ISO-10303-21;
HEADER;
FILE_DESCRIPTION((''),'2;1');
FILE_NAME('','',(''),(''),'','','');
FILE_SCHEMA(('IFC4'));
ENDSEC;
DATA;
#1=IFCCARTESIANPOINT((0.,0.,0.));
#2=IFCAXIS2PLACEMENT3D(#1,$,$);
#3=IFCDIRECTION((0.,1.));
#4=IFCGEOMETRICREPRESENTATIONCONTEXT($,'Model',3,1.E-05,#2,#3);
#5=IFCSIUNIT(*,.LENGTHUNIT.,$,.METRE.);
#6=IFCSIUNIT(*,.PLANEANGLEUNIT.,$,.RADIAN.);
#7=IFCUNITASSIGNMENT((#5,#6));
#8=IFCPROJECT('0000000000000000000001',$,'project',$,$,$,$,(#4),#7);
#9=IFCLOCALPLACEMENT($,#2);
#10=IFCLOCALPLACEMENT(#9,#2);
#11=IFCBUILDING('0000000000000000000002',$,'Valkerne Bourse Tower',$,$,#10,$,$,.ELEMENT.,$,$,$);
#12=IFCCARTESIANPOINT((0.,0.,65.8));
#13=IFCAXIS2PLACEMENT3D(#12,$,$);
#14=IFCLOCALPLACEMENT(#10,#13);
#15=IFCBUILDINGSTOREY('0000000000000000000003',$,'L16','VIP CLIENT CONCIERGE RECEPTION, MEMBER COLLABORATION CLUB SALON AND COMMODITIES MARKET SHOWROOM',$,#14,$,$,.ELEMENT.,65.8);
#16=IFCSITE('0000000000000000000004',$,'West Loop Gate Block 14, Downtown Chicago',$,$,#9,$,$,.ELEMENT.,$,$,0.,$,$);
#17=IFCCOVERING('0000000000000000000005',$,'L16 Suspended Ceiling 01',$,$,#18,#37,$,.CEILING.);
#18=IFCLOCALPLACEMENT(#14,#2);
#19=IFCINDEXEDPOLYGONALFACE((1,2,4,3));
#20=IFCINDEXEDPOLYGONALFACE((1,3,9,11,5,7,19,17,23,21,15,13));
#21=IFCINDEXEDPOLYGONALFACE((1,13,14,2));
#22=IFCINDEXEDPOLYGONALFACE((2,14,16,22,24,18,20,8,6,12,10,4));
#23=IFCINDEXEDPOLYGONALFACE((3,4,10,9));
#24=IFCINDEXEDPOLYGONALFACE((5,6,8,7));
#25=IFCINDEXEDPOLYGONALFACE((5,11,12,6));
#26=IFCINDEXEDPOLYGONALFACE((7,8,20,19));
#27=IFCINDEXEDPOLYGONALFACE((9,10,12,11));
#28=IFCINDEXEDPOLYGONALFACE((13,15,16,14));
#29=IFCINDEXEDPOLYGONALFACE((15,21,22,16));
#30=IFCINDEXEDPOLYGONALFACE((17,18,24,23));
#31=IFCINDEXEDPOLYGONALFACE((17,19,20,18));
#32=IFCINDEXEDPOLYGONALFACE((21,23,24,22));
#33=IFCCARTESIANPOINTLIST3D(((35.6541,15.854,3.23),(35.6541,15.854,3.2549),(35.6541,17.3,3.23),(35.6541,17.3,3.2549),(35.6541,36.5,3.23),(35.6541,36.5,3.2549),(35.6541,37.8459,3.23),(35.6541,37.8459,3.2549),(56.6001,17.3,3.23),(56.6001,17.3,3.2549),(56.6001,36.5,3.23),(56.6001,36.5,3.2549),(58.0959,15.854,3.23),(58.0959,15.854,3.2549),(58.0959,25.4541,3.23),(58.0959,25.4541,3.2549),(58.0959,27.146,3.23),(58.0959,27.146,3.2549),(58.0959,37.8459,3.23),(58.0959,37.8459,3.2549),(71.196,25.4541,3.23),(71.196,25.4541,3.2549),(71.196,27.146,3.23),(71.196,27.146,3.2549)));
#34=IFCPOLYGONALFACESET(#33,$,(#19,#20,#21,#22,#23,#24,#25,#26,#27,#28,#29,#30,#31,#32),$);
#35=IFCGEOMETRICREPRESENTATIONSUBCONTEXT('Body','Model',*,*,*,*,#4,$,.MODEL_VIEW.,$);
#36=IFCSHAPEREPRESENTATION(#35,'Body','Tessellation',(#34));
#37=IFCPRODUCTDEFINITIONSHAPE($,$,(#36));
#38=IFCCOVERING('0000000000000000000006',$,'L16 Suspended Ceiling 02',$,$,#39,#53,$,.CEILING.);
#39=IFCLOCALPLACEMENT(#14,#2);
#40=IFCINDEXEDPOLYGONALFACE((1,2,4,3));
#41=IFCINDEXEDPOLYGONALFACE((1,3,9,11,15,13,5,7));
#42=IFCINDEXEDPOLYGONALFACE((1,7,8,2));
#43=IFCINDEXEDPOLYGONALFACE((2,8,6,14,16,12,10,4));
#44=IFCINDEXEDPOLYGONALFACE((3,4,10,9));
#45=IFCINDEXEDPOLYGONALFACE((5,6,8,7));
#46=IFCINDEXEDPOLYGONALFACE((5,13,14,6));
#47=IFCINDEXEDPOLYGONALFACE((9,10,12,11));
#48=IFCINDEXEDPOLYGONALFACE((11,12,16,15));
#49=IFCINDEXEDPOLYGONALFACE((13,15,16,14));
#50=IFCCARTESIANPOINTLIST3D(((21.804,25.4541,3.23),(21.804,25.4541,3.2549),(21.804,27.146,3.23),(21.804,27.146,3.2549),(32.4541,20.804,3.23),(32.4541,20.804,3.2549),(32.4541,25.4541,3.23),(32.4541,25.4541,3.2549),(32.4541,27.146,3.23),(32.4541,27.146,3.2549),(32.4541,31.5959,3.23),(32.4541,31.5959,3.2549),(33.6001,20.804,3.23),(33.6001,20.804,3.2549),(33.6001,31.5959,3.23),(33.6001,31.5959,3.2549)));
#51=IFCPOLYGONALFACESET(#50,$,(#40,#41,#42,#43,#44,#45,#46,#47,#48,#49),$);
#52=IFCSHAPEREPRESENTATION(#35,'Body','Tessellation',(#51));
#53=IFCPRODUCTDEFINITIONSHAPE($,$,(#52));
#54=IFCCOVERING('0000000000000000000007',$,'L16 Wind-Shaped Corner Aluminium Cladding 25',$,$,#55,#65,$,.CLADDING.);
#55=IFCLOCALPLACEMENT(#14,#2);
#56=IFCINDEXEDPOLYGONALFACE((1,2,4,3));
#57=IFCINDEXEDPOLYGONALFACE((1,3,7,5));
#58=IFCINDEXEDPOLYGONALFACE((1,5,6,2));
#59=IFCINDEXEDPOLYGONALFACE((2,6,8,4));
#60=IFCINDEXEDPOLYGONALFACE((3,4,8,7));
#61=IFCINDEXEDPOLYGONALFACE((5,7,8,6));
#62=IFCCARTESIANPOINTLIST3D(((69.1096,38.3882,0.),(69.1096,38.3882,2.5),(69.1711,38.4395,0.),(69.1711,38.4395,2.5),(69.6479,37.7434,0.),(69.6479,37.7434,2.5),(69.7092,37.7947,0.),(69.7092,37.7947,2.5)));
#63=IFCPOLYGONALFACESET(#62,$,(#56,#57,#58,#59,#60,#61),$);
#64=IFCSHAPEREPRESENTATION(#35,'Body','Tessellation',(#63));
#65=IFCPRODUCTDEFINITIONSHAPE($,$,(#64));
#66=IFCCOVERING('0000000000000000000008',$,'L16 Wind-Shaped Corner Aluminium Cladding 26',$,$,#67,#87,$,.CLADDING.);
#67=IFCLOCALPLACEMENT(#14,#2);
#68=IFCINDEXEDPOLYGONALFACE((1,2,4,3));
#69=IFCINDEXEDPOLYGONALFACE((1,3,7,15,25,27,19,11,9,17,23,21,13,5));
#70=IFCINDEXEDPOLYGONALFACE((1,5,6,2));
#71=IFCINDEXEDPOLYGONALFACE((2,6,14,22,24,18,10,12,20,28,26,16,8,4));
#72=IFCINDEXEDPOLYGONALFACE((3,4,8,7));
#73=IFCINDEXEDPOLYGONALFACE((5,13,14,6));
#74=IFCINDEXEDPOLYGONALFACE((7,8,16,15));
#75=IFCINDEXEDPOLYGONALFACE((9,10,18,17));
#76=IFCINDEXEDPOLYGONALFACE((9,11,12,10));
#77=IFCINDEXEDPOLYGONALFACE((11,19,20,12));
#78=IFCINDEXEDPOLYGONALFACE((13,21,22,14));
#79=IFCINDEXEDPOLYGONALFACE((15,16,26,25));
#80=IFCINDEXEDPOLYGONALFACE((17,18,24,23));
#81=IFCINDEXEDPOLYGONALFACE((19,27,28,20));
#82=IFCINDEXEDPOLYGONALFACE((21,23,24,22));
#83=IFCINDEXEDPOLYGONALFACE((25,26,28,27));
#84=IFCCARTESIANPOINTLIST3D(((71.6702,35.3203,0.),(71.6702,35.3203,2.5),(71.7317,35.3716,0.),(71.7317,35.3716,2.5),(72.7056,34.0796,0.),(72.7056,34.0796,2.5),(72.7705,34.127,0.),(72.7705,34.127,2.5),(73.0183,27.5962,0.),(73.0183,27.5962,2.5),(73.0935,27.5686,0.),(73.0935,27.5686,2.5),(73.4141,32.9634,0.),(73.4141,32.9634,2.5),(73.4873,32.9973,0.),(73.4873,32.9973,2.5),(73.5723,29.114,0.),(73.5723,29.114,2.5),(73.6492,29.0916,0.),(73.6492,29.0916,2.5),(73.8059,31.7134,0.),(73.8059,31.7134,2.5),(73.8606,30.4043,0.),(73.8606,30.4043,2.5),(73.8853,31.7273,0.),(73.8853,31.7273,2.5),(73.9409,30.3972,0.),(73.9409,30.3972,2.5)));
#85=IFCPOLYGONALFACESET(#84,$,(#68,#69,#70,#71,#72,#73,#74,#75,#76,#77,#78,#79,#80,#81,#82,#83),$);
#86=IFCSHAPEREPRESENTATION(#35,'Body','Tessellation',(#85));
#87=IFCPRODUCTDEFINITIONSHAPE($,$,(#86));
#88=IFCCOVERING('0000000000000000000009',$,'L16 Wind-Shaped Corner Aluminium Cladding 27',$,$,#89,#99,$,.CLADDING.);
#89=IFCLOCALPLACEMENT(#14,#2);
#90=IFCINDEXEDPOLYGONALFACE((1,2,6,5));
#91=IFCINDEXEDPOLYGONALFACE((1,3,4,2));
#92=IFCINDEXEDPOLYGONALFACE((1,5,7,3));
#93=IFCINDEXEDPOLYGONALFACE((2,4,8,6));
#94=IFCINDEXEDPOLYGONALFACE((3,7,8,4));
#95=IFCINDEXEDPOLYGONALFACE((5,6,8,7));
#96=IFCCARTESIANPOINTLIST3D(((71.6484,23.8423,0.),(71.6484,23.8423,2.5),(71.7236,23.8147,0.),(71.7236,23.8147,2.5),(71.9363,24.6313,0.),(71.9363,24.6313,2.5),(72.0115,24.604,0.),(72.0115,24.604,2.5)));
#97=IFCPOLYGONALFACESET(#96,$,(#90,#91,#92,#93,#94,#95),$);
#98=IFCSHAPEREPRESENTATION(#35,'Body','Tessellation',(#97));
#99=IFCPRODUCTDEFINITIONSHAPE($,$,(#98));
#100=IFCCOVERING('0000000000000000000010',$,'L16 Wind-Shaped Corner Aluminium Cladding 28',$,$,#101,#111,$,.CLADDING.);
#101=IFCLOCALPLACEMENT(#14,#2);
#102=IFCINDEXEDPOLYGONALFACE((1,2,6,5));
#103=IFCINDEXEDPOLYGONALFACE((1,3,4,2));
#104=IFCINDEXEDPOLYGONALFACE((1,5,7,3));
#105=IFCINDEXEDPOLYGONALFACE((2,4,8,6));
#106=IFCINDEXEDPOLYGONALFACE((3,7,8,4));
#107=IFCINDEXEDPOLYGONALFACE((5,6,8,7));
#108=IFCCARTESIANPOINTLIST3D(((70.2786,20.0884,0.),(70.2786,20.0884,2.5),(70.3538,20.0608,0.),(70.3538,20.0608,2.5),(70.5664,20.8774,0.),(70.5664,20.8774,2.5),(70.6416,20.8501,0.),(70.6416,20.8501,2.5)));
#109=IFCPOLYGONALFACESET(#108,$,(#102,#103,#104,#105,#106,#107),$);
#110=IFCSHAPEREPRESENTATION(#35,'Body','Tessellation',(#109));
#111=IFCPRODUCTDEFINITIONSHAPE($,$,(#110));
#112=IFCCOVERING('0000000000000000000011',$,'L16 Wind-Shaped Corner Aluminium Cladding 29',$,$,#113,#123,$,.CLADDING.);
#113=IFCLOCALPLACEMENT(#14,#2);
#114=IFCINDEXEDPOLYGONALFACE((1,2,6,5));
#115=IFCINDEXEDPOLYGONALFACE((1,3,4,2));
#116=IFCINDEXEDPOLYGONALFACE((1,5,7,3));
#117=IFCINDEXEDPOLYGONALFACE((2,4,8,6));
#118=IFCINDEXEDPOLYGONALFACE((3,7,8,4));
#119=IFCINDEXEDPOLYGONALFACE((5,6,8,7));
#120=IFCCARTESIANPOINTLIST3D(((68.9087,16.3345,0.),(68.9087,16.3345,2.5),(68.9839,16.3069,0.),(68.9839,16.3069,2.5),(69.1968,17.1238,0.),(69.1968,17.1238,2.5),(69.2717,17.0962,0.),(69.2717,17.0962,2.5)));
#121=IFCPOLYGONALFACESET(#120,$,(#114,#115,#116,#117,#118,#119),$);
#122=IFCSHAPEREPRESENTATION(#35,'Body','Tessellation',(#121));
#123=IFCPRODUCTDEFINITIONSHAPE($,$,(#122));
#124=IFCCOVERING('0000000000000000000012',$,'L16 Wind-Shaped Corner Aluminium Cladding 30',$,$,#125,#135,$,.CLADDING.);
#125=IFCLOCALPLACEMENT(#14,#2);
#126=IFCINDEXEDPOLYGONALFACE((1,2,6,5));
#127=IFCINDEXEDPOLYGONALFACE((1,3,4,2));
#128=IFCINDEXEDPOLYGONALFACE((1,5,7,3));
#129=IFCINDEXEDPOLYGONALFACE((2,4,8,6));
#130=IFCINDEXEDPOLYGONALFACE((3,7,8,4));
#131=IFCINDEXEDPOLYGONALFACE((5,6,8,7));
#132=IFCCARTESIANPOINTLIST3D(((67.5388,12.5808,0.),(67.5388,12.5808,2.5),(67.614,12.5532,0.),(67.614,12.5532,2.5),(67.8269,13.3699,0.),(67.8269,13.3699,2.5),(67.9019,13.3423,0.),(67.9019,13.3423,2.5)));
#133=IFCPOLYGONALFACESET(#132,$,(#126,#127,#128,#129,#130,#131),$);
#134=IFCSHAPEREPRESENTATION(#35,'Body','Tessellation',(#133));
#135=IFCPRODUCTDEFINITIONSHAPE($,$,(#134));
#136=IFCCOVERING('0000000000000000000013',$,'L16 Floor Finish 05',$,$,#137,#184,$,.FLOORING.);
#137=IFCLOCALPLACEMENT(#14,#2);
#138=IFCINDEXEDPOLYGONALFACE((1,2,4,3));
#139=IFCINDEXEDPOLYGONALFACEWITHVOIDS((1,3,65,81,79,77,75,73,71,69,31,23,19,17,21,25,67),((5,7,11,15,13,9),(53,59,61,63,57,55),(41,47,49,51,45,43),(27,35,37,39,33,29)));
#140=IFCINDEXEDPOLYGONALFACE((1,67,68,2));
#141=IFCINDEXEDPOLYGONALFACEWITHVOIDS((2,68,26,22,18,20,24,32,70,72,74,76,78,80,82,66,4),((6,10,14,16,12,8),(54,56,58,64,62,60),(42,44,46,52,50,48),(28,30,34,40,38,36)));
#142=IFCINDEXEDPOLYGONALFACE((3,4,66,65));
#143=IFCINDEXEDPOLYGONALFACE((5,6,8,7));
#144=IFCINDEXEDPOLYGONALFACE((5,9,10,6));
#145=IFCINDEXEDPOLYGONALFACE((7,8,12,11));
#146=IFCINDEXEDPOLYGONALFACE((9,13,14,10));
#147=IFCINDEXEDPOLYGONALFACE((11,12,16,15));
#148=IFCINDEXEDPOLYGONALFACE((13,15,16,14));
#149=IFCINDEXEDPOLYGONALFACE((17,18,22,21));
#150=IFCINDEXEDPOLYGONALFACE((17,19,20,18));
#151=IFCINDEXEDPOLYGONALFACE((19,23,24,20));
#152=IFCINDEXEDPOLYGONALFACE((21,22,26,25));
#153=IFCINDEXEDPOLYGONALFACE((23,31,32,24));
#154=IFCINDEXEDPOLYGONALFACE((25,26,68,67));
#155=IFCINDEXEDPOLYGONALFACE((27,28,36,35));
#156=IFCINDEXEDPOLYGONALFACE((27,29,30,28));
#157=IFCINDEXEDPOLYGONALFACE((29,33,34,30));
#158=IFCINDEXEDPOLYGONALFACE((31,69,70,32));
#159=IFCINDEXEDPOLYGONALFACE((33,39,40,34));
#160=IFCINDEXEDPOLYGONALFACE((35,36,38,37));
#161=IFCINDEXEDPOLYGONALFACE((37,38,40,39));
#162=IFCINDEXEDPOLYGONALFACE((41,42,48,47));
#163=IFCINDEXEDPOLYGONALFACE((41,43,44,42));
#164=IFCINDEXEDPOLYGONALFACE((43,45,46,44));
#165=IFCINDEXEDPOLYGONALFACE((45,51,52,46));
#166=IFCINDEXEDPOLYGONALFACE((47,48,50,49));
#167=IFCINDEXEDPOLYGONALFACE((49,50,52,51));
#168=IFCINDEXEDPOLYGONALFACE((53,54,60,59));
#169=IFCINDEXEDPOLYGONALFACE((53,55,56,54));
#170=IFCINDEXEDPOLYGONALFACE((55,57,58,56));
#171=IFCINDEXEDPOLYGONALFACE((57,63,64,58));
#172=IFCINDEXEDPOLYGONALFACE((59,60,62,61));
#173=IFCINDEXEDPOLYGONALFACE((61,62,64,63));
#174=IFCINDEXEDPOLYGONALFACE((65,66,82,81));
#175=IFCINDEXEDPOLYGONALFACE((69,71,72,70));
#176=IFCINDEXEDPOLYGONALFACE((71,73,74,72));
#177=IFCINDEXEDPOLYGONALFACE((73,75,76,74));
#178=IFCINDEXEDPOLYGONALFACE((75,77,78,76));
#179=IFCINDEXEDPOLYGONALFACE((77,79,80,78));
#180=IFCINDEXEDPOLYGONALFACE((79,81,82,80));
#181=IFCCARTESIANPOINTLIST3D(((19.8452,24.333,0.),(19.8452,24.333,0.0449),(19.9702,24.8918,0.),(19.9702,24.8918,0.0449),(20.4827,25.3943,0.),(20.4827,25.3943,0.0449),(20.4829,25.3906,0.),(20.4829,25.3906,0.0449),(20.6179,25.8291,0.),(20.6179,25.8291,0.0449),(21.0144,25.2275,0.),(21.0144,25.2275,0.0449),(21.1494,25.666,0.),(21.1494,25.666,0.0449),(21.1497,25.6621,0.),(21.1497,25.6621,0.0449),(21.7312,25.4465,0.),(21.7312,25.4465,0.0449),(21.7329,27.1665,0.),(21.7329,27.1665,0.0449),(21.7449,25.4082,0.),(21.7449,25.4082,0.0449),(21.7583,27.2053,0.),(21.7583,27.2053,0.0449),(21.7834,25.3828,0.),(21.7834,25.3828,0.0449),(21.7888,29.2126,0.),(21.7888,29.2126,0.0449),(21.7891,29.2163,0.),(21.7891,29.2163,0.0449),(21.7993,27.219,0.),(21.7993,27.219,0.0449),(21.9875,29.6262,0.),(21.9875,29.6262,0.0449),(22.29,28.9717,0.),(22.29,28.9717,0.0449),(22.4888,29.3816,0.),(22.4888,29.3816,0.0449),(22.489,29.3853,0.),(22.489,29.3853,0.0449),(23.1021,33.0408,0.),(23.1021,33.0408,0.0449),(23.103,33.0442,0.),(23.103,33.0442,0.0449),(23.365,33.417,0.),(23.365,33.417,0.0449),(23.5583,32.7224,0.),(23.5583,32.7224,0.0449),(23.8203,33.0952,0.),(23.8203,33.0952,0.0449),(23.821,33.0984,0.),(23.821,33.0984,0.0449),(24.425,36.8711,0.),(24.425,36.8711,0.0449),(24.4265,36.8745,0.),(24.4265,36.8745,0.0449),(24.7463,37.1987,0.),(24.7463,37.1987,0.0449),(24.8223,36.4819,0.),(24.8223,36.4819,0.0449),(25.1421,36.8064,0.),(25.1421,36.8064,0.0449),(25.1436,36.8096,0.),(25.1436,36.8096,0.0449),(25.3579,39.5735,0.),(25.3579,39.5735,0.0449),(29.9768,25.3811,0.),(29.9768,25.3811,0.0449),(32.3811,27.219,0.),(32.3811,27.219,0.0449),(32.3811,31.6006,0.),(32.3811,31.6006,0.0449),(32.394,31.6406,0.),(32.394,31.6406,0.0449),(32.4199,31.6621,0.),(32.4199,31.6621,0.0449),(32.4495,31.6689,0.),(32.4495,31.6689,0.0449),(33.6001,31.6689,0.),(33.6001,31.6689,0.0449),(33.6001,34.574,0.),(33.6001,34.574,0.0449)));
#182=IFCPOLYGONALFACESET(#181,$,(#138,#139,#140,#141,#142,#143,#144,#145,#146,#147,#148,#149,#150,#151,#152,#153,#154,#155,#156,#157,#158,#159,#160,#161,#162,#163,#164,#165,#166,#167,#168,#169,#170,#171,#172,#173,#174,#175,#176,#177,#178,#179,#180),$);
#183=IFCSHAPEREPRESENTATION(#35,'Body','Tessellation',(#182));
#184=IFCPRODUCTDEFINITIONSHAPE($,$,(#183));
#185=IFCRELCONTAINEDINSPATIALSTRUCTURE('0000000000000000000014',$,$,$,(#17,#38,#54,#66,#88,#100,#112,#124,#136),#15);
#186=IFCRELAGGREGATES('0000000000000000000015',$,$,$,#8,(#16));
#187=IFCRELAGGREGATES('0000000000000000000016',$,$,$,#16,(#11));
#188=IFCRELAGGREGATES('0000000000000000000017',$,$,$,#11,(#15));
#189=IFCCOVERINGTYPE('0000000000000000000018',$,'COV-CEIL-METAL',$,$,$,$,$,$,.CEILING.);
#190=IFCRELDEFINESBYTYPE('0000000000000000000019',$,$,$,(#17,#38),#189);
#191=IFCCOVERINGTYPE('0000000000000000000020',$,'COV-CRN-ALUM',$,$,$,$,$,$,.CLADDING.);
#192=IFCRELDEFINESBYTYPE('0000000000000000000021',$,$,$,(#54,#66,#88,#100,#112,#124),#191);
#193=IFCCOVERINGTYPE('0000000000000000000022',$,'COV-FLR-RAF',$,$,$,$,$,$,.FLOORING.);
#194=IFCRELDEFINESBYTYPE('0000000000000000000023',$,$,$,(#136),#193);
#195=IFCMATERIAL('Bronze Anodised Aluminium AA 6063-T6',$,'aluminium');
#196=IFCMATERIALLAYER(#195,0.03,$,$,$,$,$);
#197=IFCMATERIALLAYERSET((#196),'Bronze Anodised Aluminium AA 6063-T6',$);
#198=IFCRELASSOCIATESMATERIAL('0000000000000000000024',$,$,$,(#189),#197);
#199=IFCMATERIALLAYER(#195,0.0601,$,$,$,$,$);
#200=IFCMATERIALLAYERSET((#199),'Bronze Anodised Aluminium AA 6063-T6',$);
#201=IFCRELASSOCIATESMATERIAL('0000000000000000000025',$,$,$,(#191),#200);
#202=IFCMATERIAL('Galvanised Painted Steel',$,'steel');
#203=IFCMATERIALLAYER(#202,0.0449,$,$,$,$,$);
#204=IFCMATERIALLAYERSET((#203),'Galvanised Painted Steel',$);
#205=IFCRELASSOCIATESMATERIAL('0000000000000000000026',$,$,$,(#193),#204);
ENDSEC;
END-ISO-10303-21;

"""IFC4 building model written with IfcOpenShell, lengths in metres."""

from ifc_helpers import new_model, si_unit, direction, frame, origin, place, context, subcontext, project, spatial, polyline, outline, extrude, material, layer, layer_set, type_object, element, save


model = new_model("IFC4")

# Units and contexts
model_context = context("Model", 3, precision=1e-05, world=origin(), true_north=direction((0.0, 1.0)))
body_context = subcontext(model_context, "Body", "Model", "MODEL_VIEW")
ifc_project = project(units=[si_unit("LENGTHUNIT", "METRE"), si_unit("PLANEANGLEUNIT", "RADIAN")], contexts=[model_context])

# Site, building, storey
site_placement = place(None, origin())
site = spatial("IfcSite", under=ifc_project, at=site_placement, Name="West Loop Gate Block 14, Downtown Chicago", CompositionType="ELEMENT", RefElevation=0.0)
building_placement = place(site_placement, origin())
building = spatial("IfcBuilding", under=site, at=building_placement, Name="Valkerne Bourse Tower", CompositionType="ELEMENT")
storey_placement = place(building_placement, frame((0.0, 0.0, 65.8)))
storey = spatial("IfcBuildingStorey", under=building, at=storey_placement, Name="L16", Description="VIP CLIENT CONCIERGE RECEPTION, MEMBER COLLABORATION CLUB SALON AND COMMODITIES MARKET SHOWROOM", CompositionType="ELEMENT", Elevation=65.8)

# Coverings
ifc_material_1 = material(Name="Bronze Anodised Aluminium AA 6063-T6", Category="aluminium")
ifc_layer_1 = layer(ifc_material_1, 0.03)
ifc_layer_set_1 = layer_set([ifc_layer_1], Name="Bronze Anodised Aluminium AA 6063-T6")
covering_type_1 = type_object("IfcCoveringType", Name="COV-CEIL-METAL", PredefinedType="CEILING", material=ifc_layer_set_1)
covering_1_placement = place(storey_placement, frame((0.0, 0.0, 3.23)))
element("IfcCovering", 1, at=covering_1_placement, inside=storey, type_object=covering_type_1, Name="L16 Suspended Ceiling 01", PredefinedType="CEILING", context=body_context, shape_type="SweptSolid", body=[
    extrude(outline(polyline([(71.196, 27.146), (71.196, 25.4541), (58.0959, 25.4541), (58.0959, 15.854), (35.6541, 15.854), (35.6541, 17.3), (56.6001, 17.3), (56.6001, 36.5), (35.6541, 36.5), (35.6541, 37.8459), (58.0959, 37.8459), (58.0959, 27.146), (71.196, 27.146)])), origin(), (0.0, 0.0, 1.0), 0.0249),
])
covering_2_placement = place(storey_placement, frame((0.0, 0.0, 3.23)))
element("IfcCovering", 2, at=covering_2_placement, inside=storey, type_object=covering_type_1, Name="L16 Suspended Ceiling 02", PredefinedType="CEILING", context=body_context, shape_type="SweptSolid", body=[
    extrude(outline(polyline([(32.4541, 20.804), (32.4541, 25.4541), (21.804, 25.4541), (21.804, 27.146), (32.4541, 27.146), (32.4541, 31.5959), (33.6001, 31.5959), (33.6001, 20.804), (32.4541, 20.804)])), origin(), (0.0, 0.0, 1.0), 0.0249),
])
ifc_layer_2 = layer(ifc_material_1, 0.0601)
ifc_layer_set_2 = layer_set([ifc_layer_2], Name="Bronze Anodised Aluminium AA 6063-T6")
covering_type_2 = type_object("IfcCoveringType", Name="COV-CRN-ALUM", PredefinedType="CLADDING", material=ifc_layer_set_2)
covering_3_placement = place(storey_placement, origin())
element("IfcCovering", 3, at=covering_3_placement, inside=storey, type_object=covering_type_2, Name="L16 Wind-Shaped Corner Aluminium Cladding 25", PredefinedType="CLADDING", context=body_context, shape_type="SweptSolid", body=[
    extrude(outline(polyline([(69.7092, 37.7947), (69.6479, 37.7434), (69.1096, 38.3882), (69.1711, 38.4395), (69.7092, 37.7947)])), origin(), (0.0, 0.0, 1.0), 2.5),
])
covering_4_placement = place(storey_placement, origin())
element("IfcCovering", 4, at=covering_4_placement, inside=storey, type_object=covering_type_2, Name="L16 Wind-Shaped Corner Aluminium Cladding 26", PredefinedType="CLADDING", context=body_context, shape_type="SweptSolid", body=[
    extrude(outline(polyline([(72.7705, 34.127), (73.4873, 32.9973), (73.8853, 31.7273), (73.9409, 30.3972), (73.6492, 29.0916), (73.0935, 27.5686), (73.0183, 27.5962), (73.5723, 29.114), (73.8606, 30.4043), (73.8059, 31.7134), (73.4141, 32.9634), (72.7056, 34.0796), (71.6702, 35.3203), (71.7317, 35.3716), (72.7705, 34.127)])), origin(), (0.0, 0.0, 1.0), 2.5),
])
covering_5_placement = place(storey_placement, origin())
element("IfcCovering", 5, at=covering_5_placement, inside=storey, type_object=covering_type_2, Name="L16 Wind-Shaped Corner Aluminium Cladding 27", PredefinedType="CLADDING", context=body_context, shape_type="SweptSolid", body=[
    extrude(outline(polyline([(71.7236, 23.8147), (71.6484, 23.8423), (71.9363, 24.6313), (72.0115, 24.604), (71.7236, 23.8147)])), origin(), (0.0, 0.0, 1.0), 2.5),
])
covering_6_placement = place(storey_placement, origin())
element("IfcCovering", 6, at=covering_6_placement, inside=storey, type_object=covering_type_2, Name="L16 Wind-Shaped Corner Aluminium Cladding 28", PredefinedType="CLADDING", context=body_context, shape_type="SweptSolid", body=[
    extrude(outline(polyline([(70.3538, 20.0608), (70.2786, 20.0884), (70.5664, 20.8774), (70.6416, 20.8501), (70.3538, 20.0608)])), origin(), (0.0, 0.0, 1.0), 2.5),
])
covering_7_placement = place(storey_placement, origin())
element("IfcCovering", 7, at=covering_7_placement, inside=storey, type_object=covering_type_2, Name="L16 Wind-Shaped Corner Aluminium Cladding 29", PredefinedType="CLADDING", context=body_context, shape_type="SweptSolid", body=[
    extrude(outline(polyline([(68.9839, 16.3069), (68.9087, 16.3345), (69.1968, 17.1238), (69.2717, 17.0962), (68.9839, 16.3069)])), origin(), (0.0, 0.0, 1.0), 2.5),
])
covering_8_placement = place(storey_placement, origin())
element("IfcCovering", 8, at=covering_8_placement, inside=storey, type_object=covering_type_2, Name="L16 Wind-Shaped Corner Aluminium Cladding 30", PredefinedType="CLADDING", context=body_context, shape_type="SweptSolid", body=[
    extrude(outline(polyline([(67.614, 12.5532), (67.5388, 12.5808), (67.8269, 13.3699), (67.9019, 13.3423), (67.614, 12.5532)])), origin(), (0.0, 0.0, 1.0), 2.5),
])
ifc_material_2 = material(Name="Galvanised Painted Steel", Category="steel")
ifc_layer_3 = layer(ifc_material_2, 0.0449)
ifc_layer_set_3 = layer_set([ifc_layer_3], Name="Galvanised Painted Steel")
covering_type_3 = type_object("IfcCoveringType", Name="COV-FLR-RAF", PredefinedType="FLOORING", material=ifc_layer_set_3)
covering_9_placement = place(storey_placement, origin())
element("IfcCovering", 9, at=covering_9_placement, inside=storey, type_object=covering_type_3, Name="L16 Floor Finish 05", PredefinedType="FLOORING", context=body_context, shape_type="SweptSolid", body=[
    extrude(outline(polyline([(33.6001, 34.574), (33.6001, 31.6689), (32.4495, 31.6689), (32.4199, 31.6621), (32.394, 31.6406), (32.3811, 31.6006), (32.3811, 27.219), (21.7993, 27.219), (21.7583, 27.2053), (21.7329, 27.1665), (21.7312, 25.4465), (21.7449, 25.4082), (21.7834, 25.3828), (29.9768, 25.3811), (19.8452, 24.333), (19.9702, 24.8918), (25.3579, 39.5735), (33.6001, 34.574)]), holes=[polyline([(21.1494, 25.666), (20.6179, 25.8291), (20.4827, 25.3943), (20.4829, 25.3906), (21.0144, 25.2275), (21.1497, 25.6621), (21.1494, 25.666)]), polyline([(22.4888, 29.3816), (22.489, 29.3853), (21.9875, 29.6262), (21.7891, 29.2163), (21.7888, 29.2126), (22.29, 28.9717), (22.4888, 29.3816)]), polyline([(23.821, 33.0984), (23.365, 33.417), (23.103, 33.0442), (23.1021, 33.0408), (23.5583, 32.7224), (23.8203, 33.0952), (23.821, 33.0984)]), polyline([(25.1421, 36.8064), (25.1436, 36.8096), (24.7463, 37.1987), (24.4265, 36.8745), (24.425, 36.8711), (24.8223, 36.4819), (25.1421, 36.8064)])]), origin(), (0.0, 0.0, 1.0), 0.0449),
])

save(model, "model.ifc")
